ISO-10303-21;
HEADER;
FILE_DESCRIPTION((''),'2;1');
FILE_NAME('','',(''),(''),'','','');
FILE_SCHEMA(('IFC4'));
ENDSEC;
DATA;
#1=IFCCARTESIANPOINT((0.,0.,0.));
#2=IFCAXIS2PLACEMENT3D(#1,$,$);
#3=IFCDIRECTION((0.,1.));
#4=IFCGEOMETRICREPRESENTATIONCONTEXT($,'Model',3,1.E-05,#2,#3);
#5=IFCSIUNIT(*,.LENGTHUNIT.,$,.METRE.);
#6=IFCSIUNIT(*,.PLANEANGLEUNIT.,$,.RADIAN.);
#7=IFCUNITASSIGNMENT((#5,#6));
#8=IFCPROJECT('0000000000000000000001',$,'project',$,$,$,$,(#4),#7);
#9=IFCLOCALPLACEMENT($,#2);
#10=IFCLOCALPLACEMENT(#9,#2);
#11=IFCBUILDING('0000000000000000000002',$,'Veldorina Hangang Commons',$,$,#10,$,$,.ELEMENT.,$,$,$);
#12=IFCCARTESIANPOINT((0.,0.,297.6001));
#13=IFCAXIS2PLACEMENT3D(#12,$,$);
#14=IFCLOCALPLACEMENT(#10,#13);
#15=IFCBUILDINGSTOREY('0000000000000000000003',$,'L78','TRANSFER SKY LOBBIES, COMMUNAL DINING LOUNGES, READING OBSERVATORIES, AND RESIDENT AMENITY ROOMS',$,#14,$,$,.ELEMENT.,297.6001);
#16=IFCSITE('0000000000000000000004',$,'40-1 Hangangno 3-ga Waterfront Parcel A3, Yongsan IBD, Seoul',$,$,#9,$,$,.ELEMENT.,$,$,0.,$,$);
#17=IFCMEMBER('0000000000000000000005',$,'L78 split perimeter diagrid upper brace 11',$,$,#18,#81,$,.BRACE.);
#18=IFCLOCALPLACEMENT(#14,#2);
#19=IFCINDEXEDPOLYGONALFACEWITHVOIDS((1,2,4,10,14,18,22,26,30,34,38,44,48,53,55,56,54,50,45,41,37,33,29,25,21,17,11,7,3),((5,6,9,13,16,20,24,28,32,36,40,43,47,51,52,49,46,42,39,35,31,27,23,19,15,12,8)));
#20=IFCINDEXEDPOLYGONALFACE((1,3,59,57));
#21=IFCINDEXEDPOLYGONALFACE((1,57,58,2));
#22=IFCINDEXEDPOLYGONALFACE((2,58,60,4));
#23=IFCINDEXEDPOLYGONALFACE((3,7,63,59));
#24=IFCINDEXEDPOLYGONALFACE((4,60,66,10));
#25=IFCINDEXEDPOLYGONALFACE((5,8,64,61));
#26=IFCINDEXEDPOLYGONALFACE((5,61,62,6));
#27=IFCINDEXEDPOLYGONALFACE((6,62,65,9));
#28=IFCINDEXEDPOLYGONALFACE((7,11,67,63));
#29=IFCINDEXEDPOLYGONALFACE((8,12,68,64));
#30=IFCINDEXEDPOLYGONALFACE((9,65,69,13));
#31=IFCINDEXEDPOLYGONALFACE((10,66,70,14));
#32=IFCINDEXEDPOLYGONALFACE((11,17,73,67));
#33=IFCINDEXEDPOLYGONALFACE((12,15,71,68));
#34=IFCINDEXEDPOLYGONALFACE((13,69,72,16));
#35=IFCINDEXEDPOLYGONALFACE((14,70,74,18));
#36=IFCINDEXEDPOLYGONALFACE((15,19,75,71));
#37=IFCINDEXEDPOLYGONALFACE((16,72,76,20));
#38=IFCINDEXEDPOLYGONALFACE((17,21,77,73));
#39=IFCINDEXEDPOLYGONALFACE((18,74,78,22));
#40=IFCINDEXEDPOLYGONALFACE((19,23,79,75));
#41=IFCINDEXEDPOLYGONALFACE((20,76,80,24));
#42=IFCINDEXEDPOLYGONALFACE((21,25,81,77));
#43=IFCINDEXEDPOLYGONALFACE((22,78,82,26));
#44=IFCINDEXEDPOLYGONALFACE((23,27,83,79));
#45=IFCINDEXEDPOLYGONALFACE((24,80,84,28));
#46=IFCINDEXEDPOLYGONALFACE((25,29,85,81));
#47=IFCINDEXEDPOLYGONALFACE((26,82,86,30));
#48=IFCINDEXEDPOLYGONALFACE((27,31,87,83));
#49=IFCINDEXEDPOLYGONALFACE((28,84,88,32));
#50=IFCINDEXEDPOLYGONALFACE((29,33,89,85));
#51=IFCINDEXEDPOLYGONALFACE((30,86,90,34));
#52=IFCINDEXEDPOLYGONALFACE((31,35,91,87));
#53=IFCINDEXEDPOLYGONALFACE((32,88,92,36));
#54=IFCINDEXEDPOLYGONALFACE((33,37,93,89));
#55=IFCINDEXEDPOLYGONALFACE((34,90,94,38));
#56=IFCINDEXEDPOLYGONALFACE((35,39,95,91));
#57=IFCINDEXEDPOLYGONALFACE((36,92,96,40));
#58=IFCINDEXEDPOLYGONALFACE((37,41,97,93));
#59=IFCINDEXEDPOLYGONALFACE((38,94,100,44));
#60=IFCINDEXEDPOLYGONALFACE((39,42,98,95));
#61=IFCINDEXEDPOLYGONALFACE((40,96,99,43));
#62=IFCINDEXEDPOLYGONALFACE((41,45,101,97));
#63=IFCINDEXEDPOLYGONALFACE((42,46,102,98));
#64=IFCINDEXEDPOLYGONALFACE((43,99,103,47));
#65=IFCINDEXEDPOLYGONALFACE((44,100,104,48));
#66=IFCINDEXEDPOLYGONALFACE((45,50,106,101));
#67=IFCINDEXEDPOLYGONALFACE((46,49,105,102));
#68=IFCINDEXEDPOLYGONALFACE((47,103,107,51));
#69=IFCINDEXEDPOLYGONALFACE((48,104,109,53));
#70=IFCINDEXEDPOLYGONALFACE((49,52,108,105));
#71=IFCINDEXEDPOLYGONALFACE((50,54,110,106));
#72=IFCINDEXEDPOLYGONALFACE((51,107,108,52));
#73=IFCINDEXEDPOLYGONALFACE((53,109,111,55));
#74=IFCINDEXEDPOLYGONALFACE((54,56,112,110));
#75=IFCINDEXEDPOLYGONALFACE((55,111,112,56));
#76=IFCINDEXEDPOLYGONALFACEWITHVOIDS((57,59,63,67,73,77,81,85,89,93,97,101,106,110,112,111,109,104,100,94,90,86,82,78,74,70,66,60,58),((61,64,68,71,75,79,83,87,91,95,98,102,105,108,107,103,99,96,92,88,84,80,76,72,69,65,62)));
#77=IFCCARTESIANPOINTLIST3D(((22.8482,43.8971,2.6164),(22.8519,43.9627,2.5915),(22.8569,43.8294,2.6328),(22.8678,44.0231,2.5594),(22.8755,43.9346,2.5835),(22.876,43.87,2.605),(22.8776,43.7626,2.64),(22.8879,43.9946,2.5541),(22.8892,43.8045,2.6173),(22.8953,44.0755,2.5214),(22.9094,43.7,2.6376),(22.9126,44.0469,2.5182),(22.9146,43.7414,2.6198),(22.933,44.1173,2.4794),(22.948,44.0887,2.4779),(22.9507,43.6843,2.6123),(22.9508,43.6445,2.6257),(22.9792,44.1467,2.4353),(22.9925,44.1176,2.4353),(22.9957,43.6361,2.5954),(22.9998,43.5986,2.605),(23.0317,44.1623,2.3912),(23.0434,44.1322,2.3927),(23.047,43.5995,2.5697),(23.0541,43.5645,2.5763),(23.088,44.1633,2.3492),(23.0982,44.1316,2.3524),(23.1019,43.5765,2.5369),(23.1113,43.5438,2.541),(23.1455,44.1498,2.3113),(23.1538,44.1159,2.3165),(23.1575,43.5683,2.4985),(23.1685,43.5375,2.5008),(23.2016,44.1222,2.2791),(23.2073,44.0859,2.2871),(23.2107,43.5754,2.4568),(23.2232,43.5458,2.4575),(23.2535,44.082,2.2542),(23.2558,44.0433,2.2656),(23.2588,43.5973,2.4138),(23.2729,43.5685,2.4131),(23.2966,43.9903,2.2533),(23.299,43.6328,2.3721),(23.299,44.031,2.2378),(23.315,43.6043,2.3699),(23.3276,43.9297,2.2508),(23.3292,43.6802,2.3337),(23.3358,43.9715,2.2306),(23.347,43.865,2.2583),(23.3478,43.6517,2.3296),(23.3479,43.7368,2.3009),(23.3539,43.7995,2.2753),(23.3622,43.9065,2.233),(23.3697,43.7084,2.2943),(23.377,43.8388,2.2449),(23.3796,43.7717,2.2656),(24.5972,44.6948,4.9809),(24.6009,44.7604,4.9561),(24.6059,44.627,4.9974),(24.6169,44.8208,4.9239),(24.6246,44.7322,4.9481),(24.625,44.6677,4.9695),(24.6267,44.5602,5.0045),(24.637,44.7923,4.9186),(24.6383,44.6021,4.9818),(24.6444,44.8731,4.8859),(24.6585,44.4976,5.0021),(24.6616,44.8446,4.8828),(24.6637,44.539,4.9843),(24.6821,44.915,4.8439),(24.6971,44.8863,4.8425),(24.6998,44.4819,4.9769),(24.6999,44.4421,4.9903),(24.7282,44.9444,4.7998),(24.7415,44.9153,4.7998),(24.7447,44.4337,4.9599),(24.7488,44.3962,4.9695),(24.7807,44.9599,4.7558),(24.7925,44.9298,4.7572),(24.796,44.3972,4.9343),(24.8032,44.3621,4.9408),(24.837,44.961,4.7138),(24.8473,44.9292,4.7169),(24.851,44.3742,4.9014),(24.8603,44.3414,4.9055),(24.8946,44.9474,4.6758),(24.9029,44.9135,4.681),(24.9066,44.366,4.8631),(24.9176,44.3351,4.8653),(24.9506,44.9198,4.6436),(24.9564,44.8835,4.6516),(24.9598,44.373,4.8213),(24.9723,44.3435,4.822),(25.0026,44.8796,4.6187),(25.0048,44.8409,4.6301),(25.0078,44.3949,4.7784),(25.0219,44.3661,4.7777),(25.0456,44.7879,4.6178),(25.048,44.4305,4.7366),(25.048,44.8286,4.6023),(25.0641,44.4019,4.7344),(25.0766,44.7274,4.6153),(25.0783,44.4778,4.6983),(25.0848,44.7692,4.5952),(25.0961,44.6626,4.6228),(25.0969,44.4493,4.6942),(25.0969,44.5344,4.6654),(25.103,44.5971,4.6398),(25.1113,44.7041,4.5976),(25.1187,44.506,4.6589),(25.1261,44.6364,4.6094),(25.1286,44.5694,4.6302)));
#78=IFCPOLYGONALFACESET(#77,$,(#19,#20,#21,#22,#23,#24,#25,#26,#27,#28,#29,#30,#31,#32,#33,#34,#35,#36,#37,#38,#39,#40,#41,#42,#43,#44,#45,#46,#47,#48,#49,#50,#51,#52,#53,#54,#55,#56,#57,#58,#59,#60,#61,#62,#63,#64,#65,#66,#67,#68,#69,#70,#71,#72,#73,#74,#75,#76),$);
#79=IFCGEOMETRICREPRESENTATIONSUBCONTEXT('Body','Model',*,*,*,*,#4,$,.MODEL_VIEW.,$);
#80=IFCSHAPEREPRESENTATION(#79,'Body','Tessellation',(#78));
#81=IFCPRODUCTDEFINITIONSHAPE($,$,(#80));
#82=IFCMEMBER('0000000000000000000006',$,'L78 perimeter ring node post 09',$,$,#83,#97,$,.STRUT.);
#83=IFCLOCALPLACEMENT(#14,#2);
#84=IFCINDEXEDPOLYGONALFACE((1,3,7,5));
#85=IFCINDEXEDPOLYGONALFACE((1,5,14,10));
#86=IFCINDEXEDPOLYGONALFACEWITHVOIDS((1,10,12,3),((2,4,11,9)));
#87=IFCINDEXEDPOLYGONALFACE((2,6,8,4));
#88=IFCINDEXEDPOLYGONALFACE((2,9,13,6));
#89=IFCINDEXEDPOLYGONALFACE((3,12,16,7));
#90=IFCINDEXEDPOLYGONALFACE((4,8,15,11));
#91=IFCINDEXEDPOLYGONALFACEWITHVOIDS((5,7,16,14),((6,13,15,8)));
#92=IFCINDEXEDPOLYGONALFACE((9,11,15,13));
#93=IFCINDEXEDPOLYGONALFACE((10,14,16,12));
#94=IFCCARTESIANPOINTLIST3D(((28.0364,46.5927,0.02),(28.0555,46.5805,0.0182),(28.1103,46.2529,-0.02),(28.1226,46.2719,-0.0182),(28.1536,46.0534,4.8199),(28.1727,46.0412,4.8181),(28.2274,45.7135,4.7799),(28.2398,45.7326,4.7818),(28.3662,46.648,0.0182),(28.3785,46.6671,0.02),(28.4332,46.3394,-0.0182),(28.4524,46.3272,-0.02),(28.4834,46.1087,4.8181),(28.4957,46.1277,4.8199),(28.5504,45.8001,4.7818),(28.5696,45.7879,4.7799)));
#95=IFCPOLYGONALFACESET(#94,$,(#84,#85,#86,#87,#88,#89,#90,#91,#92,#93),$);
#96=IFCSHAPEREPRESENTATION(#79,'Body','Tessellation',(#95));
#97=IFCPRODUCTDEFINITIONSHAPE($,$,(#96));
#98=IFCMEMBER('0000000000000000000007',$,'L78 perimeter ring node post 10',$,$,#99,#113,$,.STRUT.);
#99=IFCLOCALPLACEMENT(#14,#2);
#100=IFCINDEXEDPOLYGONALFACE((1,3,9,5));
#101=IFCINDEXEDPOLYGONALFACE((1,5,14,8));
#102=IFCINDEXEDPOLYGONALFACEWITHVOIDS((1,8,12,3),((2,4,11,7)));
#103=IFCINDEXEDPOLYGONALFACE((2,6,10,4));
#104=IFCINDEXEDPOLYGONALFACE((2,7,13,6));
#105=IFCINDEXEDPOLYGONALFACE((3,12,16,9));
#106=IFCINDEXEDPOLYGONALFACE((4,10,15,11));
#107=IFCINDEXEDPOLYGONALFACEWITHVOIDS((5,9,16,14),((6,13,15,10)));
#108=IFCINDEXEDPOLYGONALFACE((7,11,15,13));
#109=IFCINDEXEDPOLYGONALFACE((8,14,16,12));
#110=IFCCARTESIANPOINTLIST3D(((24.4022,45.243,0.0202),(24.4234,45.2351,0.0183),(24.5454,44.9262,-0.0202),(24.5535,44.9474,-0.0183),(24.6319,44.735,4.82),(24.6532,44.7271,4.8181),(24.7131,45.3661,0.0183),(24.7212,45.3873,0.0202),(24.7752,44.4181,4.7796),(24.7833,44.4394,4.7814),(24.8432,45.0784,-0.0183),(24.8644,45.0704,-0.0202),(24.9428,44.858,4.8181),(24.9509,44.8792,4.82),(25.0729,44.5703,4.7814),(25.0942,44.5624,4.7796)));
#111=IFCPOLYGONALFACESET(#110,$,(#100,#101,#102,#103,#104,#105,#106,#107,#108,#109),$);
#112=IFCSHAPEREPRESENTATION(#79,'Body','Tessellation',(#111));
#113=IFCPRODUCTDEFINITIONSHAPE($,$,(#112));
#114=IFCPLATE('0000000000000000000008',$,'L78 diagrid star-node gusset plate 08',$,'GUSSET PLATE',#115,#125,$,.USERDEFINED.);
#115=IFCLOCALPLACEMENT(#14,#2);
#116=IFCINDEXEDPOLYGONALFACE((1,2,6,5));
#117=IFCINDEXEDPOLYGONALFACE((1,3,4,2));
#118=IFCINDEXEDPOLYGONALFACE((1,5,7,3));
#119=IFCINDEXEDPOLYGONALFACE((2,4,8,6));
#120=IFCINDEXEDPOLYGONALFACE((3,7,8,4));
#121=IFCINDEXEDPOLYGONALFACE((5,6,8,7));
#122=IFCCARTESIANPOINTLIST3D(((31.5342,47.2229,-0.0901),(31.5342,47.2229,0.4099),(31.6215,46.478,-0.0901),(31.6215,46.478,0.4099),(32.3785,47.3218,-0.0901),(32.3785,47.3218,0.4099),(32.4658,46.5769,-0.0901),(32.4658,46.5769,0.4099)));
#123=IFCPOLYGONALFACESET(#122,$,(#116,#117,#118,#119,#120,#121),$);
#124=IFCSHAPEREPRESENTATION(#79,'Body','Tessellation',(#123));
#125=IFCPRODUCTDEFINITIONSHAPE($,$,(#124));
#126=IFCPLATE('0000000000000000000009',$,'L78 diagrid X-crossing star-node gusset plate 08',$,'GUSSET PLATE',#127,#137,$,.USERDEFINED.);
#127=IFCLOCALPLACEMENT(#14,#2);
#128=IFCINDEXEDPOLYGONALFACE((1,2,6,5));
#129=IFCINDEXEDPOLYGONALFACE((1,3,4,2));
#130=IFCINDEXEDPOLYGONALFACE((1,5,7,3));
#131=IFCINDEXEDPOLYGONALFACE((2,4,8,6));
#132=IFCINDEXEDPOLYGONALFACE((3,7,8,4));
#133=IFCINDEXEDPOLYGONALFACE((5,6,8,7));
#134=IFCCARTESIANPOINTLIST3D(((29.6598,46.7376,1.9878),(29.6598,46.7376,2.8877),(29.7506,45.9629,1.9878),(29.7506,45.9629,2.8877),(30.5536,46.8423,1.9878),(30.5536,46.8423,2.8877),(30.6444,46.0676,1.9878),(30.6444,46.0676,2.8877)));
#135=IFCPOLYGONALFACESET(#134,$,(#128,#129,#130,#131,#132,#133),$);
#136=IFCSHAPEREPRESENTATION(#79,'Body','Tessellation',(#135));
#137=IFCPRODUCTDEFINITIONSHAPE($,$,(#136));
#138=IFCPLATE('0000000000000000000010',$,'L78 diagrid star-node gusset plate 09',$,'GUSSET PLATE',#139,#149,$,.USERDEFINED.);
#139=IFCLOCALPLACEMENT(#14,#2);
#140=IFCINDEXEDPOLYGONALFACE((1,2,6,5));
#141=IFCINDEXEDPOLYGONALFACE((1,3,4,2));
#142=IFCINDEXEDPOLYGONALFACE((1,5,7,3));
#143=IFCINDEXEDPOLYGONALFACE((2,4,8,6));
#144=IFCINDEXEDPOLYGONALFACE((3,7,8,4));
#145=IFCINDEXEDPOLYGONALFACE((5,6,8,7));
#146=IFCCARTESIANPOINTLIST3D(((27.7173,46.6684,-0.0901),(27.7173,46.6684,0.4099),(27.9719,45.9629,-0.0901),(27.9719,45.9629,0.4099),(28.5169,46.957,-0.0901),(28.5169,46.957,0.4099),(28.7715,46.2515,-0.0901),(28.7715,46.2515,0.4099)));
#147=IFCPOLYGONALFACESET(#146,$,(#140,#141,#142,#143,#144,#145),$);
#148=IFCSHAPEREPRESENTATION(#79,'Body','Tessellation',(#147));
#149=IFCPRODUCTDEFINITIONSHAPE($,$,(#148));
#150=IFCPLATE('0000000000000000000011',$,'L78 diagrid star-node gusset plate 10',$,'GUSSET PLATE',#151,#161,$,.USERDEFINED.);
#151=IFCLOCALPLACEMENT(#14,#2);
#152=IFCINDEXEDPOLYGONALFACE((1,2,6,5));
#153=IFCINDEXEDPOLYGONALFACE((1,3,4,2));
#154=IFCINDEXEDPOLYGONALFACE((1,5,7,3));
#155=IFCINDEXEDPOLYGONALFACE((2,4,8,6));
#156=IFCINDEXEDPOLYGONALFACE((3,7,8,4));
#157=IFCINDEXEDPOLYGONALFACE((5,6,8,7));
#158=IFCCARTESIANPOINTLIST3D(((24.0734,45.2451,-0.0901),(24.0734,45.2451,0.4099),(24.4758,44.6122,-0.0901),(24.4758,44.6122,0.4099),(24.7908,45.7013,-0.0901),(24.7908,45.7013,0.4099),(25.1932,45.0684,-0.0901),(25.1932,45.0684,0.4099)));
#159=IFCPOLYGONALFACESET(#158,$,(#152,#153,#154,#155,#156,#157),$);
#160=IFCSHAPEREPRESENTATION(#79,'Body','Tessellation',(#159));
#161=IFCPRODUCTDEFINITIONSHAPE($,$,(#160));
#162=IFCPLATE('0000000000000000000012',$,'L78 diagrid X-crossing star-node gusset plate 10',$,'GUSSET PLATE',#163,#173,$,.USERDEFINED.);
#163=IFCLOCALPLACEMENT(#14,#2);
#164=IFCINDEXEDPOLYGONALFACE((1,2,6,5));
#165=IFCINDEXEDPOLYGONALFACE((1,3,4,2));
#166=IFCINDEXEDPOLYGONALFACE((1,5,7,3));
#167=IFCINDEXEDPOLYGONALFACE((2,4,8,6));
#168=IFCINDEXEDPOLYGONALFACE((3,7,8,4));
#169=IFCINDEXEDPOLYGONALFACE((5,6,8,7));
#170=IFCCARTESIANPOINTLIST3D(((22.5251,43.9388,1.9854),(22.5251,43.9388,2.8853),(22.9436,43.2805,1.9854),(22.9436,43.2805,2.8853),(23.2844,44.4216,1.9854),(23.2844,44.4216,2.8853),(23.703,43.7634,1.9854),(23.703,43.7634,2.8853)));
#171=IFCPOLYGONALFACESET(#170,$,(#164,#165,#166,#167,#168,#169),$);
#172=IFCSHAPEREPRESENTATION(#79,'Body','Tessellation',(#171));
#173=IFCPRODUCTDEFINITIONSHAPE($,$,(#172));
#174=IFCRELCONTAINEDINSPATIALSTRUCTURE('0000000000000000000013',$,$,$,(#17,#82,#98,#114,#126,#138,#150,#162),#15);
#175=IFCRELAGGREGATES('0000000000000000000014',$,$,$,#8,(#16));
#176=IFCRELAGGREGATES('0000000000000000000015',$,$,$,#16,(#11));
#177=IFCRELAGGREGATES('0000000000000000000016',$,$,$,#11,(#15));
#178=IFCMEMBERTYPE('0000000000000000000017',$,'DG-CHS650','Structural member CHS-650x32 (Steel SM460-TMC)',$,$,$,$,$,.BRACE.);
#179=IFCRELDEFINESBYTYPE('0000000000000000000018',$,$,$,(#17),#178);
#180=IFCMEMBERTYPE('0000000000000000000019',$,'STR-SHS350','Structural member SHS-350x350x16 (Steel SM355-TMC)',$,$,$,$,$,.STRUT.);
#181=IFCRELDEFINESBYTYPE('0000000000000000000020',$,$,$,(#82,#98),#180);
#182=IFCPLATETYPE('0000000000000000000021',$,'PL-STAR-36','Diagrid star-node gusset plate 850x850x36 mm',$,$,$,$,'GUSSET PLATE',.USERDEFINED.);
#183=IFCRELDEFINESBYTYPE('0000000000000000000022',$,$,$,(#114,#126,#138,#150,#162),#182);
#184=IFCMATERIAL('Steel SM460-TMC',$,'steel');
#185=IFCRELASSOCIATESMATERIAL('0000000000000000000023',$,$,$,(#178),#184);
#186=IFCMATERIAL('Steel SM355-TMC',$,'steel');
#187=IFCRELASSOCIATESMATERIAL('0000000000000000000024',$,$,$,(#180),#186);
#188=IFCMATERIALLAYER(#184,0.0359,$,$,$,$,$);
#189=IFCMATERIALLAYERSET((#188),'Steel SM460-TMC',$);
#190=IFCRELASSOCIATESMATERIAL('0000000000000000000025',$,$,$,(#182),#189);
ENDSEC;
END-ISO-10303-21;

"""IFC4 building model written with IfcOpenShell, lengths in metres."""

from ifc_helpers import new_model, si_unit, direction, frame, origin, origin_2d, place, context, subcontext, project, spatial, rectangle, hollow_rectangle, hollow_circle, extrude, material, layer, layer_set, material_profile, profile_set, type_object, element, save


model = new_model("IFC4")

# Units and contexts
model_context = context("Model", 3, precision=1e-05, world=origin(), true_north=direction((0.0, 1.0)))
body_context = subcontext(model_context, "Body", "Model", "MODEL_VIEW")
ifc_project = project(units=[si_unit("LENGTHUNIT", "METRE"), si_unit("PLANEANGLEUNIT", "RADIAN")], contexts=[model_context])

# Site, building, storey
site_placement = place(None, origin())
site = spatial("IfcSite", under=ifc_project, at=site_placement, Name="40-1 Hangangno 3-ga Waterfront Parcel A3, Yongsan IBD, Seoul", CompositionType="ELEMENT", RefElevation=0.0)
building_placement = place(site_placement, origin())
building = spatial("IfcBuilding", under=site, at=building_placement, Name="Veldorina Hangang Commons", CompositionType="ELEMENT")
storey_placement = place(building_placement, frame((0.0, 0.0, 297.6001)))
storey = spatial("IfcBuildingStorey", under=building, at=storey_placement, Name="L78", Description="TRANSFER SKY LOBBIES, COMMUNAL DINING LOUNGES, READING OBSERVATORIES, AND RESIDENT AMENITY ROOMS", CompositionType="ELEMENT", Elevation=297.6001)

# Shared definitions
ifc_material_1 = material(Name="Steel SM460-TMC", Category="steel")

# Members
ifc_material_profile_1 = material_profile(ifc_material_1, hollow_circle(Radius=0.325, WallThickness=0.032, at=origin_2d()), Name="CHS-650x32")
ifc_profile_set_1 = profile_set([ifc_material_profile_1], Name="Steel SM460-TMC")
member_type_1 = type_object("IfcMemberType", Name="DG-CHS650", Description="Structural member CHS-650x32 (Steel SM460-TMC)", PredefinedType="BRACE", material=ifc_profile_set_1)
member_1_placement = place(storey_placement, frame((23.114, 43.8511, 2.4353), z_axis=(0.573956, 0.261741, 0.77593), x_axis=(-0.414922, 0.909857, 0.0)))
element("IfcMember", 1, at=member_1_placement, inside=storey, type_object=member_type_1, Name="L78 split perimeter diagrid upper brace 11", PredefinedType="BRACE", context=body_context, shape_type="SweptSolid", body=[
    extrude(hollow_circle(Radius=0.325, WallThickness=0.032, at=origin_2d()), origin(), (0.0, 0.0, 1.0), 3.0474),
])
ifc_material_2 = material(Name="Steel SM355-TMC", Category="steel")
ifc_material_profile_2 = material_profile(ifc_material_2, hollow_rectangle(XDim=0.3501, YDim=0.3501, WallThickness=0.0161, at=origin_2d()), Name="SHS-350x350x16")
ifc_profile_set_2 = profile_set([ifc_material_profile_2], Name="Steel SM355-TMC")
member_type_2 = type_object("IfcMemberType", Name="STR-SHS350", Description="Structural member SHS-350x350x16 (Steel SM355-TMC)", PredefinedType="STRUT", material=ifc_profile_set_2)
member_2_placement = place(storey_placement, frame((28.2444, 46.46, 0.0), z_axis=(0.024255, -0.111625, 0.993454), x_axis=(0.977196, 0.212338, 0.0)))
element("IfcMember", 2, at=member_2_placement, inside=storey, type_object=member_type_2, Name="L78 perimeter ring node post 09", PredefinedType="STRUT", context=body_context, shape_type="SweptSolid", body=[
    extrude(hollow_rectangle(XDim=0.3501, YDim=0.3501, WallThickness=0.0161, at=origin_2d()), origin(), (0.0, 0.0, 1.0), 4.8315),
])
member_3_placement = place(storey_placement, frame((24.6333, 45.1567, 0.0), z_axis=(0.047544, -0.105142, 0.99332), x_axis=(0.911174, 0.412021, 0.0)))
element("IfcMember", 3, at=member_3_placement, inside=storey, type_object=member_type_2, Name="L78 perimeter ring node post 10", PredefinedType="STRUT", context=body_context, shape_type="SweptSolid", body=[
    extrude(hollow_rectangle(XDim=0.3501, YDim=0.3501, WallThickness=0.0161, at=origin_2d()), origin(), (0.0, 0.0, 1.0), 4.832),
])

# Plates
ifc_layer_1 = layer(ifc_material_1, 0.0359)
ifc_layer_set_1 = layer_set([ifc_layer_1], Name="Steel SM460-TMC")
plate_type = type_object("IfcPlateType", Name="PL-STAR-36", Description="Diagrid star-node gusset plate 850x850x36 mm", ElementType="GUSSET PLATE", PredefinedType="USERDEFINED", material=ifc_layer_set_1)
plate_1_placement = place(storey_placement, frame((32.0, 46.8999, -0.0901), z_axis=(0.0, 0.0, 1.0), x_axis=(-0.993207, -0.116359, 0.0)))
element("IfcPlate", 4, at=plate_1_placement, inside=storey, type_object=plate_type, Name="L78 diagrid star-node gusset plate 08", ObjectType="GUSSET PLATE", PredefinedType="USERDEFINED", context=body_context, shape_type="SweptSolid", body=[
    extrude(rectangle(XDim=0.8501, YDim=0.75, at=origin_2d()), origin(), (0.0, 0.0, 1.0), 0.5),
])
plate_2_placement = place(storey_placement, frame((30.1521, 46.4026, 1.9878), z_axis=(0.0, 0.0, 1.0), x_axis=(-0.993207, -0.116359, 0.0)))
element("IfcPlate", 5, at=plate_2_placement, inside=storey, type_object=plate_type, Name="L78 diagrid X-crossing star-node gusset plate 08", ObjectType="GUSSET PLATE", PredefinedType="USERDEFINED", context=body_context, shape_type="SweptSolid", body=[
    extrude(rectangle(XDim=0.8999, YDim=0.78, at=origin_2d()), origin(), (0.0, 0.0, 1.0), 0.8999),
])
for number, where, z_axis, x_axis, name in (
    (6, (28.2444, 46.46, -0.0901), (0.0, 0.0, 1.0), (-0.940626, -0.339444, 0.0), "L78 diagrid star-node gusset plate 09"),
    (7, (24.6333, 45.1567, -0.0901), (0.0, 0.0, 1.0), (-0.84386, -0.536563, 0.0), "L78 diagrid star-node gusset plate 10"),
):
    element("IfcPlate", number, at=place(storey_placement, frame(where, z_axis=z_axis, x_axis=x_axis)), inside=storey, type_object=plate_type, Name=name, ObjectType="GUSSET PLATE", PredefinedType="USERDEFINED", context=body_context, shape_type="SweptSolid", body=[
        extrude(rectangle(XDim=0.8501, YDim=0.75, at=origin_2d()), origin(), (0.0, 0.0, 1.0), 0.5),
    ])
plate_3_placement = place(storey_placement, frame((23.114, 43.8511, 1.9854), z_axis=(0.0, 0.0, 1.0), x_axis=(-0.84386, -0.536563, 0.0)))
element("IfcPlate", 8, at=plate_3_placement, inside=storey, type_object=plate_type, Name="L78 diagrid X-crossing star-node gusset plate 10", ObjectType="GUSSET PLATE", PredefinedType="USERDEFINED", context=body_context, shape_type="SweptSolid", body=[
    extrude(rectangle(XDim=0.8999, YDim=0.78, at=origin_2d()), origin(), (0.0, 0.0, 1.0), 0.8999),
])

save(model, "model.ifc")
